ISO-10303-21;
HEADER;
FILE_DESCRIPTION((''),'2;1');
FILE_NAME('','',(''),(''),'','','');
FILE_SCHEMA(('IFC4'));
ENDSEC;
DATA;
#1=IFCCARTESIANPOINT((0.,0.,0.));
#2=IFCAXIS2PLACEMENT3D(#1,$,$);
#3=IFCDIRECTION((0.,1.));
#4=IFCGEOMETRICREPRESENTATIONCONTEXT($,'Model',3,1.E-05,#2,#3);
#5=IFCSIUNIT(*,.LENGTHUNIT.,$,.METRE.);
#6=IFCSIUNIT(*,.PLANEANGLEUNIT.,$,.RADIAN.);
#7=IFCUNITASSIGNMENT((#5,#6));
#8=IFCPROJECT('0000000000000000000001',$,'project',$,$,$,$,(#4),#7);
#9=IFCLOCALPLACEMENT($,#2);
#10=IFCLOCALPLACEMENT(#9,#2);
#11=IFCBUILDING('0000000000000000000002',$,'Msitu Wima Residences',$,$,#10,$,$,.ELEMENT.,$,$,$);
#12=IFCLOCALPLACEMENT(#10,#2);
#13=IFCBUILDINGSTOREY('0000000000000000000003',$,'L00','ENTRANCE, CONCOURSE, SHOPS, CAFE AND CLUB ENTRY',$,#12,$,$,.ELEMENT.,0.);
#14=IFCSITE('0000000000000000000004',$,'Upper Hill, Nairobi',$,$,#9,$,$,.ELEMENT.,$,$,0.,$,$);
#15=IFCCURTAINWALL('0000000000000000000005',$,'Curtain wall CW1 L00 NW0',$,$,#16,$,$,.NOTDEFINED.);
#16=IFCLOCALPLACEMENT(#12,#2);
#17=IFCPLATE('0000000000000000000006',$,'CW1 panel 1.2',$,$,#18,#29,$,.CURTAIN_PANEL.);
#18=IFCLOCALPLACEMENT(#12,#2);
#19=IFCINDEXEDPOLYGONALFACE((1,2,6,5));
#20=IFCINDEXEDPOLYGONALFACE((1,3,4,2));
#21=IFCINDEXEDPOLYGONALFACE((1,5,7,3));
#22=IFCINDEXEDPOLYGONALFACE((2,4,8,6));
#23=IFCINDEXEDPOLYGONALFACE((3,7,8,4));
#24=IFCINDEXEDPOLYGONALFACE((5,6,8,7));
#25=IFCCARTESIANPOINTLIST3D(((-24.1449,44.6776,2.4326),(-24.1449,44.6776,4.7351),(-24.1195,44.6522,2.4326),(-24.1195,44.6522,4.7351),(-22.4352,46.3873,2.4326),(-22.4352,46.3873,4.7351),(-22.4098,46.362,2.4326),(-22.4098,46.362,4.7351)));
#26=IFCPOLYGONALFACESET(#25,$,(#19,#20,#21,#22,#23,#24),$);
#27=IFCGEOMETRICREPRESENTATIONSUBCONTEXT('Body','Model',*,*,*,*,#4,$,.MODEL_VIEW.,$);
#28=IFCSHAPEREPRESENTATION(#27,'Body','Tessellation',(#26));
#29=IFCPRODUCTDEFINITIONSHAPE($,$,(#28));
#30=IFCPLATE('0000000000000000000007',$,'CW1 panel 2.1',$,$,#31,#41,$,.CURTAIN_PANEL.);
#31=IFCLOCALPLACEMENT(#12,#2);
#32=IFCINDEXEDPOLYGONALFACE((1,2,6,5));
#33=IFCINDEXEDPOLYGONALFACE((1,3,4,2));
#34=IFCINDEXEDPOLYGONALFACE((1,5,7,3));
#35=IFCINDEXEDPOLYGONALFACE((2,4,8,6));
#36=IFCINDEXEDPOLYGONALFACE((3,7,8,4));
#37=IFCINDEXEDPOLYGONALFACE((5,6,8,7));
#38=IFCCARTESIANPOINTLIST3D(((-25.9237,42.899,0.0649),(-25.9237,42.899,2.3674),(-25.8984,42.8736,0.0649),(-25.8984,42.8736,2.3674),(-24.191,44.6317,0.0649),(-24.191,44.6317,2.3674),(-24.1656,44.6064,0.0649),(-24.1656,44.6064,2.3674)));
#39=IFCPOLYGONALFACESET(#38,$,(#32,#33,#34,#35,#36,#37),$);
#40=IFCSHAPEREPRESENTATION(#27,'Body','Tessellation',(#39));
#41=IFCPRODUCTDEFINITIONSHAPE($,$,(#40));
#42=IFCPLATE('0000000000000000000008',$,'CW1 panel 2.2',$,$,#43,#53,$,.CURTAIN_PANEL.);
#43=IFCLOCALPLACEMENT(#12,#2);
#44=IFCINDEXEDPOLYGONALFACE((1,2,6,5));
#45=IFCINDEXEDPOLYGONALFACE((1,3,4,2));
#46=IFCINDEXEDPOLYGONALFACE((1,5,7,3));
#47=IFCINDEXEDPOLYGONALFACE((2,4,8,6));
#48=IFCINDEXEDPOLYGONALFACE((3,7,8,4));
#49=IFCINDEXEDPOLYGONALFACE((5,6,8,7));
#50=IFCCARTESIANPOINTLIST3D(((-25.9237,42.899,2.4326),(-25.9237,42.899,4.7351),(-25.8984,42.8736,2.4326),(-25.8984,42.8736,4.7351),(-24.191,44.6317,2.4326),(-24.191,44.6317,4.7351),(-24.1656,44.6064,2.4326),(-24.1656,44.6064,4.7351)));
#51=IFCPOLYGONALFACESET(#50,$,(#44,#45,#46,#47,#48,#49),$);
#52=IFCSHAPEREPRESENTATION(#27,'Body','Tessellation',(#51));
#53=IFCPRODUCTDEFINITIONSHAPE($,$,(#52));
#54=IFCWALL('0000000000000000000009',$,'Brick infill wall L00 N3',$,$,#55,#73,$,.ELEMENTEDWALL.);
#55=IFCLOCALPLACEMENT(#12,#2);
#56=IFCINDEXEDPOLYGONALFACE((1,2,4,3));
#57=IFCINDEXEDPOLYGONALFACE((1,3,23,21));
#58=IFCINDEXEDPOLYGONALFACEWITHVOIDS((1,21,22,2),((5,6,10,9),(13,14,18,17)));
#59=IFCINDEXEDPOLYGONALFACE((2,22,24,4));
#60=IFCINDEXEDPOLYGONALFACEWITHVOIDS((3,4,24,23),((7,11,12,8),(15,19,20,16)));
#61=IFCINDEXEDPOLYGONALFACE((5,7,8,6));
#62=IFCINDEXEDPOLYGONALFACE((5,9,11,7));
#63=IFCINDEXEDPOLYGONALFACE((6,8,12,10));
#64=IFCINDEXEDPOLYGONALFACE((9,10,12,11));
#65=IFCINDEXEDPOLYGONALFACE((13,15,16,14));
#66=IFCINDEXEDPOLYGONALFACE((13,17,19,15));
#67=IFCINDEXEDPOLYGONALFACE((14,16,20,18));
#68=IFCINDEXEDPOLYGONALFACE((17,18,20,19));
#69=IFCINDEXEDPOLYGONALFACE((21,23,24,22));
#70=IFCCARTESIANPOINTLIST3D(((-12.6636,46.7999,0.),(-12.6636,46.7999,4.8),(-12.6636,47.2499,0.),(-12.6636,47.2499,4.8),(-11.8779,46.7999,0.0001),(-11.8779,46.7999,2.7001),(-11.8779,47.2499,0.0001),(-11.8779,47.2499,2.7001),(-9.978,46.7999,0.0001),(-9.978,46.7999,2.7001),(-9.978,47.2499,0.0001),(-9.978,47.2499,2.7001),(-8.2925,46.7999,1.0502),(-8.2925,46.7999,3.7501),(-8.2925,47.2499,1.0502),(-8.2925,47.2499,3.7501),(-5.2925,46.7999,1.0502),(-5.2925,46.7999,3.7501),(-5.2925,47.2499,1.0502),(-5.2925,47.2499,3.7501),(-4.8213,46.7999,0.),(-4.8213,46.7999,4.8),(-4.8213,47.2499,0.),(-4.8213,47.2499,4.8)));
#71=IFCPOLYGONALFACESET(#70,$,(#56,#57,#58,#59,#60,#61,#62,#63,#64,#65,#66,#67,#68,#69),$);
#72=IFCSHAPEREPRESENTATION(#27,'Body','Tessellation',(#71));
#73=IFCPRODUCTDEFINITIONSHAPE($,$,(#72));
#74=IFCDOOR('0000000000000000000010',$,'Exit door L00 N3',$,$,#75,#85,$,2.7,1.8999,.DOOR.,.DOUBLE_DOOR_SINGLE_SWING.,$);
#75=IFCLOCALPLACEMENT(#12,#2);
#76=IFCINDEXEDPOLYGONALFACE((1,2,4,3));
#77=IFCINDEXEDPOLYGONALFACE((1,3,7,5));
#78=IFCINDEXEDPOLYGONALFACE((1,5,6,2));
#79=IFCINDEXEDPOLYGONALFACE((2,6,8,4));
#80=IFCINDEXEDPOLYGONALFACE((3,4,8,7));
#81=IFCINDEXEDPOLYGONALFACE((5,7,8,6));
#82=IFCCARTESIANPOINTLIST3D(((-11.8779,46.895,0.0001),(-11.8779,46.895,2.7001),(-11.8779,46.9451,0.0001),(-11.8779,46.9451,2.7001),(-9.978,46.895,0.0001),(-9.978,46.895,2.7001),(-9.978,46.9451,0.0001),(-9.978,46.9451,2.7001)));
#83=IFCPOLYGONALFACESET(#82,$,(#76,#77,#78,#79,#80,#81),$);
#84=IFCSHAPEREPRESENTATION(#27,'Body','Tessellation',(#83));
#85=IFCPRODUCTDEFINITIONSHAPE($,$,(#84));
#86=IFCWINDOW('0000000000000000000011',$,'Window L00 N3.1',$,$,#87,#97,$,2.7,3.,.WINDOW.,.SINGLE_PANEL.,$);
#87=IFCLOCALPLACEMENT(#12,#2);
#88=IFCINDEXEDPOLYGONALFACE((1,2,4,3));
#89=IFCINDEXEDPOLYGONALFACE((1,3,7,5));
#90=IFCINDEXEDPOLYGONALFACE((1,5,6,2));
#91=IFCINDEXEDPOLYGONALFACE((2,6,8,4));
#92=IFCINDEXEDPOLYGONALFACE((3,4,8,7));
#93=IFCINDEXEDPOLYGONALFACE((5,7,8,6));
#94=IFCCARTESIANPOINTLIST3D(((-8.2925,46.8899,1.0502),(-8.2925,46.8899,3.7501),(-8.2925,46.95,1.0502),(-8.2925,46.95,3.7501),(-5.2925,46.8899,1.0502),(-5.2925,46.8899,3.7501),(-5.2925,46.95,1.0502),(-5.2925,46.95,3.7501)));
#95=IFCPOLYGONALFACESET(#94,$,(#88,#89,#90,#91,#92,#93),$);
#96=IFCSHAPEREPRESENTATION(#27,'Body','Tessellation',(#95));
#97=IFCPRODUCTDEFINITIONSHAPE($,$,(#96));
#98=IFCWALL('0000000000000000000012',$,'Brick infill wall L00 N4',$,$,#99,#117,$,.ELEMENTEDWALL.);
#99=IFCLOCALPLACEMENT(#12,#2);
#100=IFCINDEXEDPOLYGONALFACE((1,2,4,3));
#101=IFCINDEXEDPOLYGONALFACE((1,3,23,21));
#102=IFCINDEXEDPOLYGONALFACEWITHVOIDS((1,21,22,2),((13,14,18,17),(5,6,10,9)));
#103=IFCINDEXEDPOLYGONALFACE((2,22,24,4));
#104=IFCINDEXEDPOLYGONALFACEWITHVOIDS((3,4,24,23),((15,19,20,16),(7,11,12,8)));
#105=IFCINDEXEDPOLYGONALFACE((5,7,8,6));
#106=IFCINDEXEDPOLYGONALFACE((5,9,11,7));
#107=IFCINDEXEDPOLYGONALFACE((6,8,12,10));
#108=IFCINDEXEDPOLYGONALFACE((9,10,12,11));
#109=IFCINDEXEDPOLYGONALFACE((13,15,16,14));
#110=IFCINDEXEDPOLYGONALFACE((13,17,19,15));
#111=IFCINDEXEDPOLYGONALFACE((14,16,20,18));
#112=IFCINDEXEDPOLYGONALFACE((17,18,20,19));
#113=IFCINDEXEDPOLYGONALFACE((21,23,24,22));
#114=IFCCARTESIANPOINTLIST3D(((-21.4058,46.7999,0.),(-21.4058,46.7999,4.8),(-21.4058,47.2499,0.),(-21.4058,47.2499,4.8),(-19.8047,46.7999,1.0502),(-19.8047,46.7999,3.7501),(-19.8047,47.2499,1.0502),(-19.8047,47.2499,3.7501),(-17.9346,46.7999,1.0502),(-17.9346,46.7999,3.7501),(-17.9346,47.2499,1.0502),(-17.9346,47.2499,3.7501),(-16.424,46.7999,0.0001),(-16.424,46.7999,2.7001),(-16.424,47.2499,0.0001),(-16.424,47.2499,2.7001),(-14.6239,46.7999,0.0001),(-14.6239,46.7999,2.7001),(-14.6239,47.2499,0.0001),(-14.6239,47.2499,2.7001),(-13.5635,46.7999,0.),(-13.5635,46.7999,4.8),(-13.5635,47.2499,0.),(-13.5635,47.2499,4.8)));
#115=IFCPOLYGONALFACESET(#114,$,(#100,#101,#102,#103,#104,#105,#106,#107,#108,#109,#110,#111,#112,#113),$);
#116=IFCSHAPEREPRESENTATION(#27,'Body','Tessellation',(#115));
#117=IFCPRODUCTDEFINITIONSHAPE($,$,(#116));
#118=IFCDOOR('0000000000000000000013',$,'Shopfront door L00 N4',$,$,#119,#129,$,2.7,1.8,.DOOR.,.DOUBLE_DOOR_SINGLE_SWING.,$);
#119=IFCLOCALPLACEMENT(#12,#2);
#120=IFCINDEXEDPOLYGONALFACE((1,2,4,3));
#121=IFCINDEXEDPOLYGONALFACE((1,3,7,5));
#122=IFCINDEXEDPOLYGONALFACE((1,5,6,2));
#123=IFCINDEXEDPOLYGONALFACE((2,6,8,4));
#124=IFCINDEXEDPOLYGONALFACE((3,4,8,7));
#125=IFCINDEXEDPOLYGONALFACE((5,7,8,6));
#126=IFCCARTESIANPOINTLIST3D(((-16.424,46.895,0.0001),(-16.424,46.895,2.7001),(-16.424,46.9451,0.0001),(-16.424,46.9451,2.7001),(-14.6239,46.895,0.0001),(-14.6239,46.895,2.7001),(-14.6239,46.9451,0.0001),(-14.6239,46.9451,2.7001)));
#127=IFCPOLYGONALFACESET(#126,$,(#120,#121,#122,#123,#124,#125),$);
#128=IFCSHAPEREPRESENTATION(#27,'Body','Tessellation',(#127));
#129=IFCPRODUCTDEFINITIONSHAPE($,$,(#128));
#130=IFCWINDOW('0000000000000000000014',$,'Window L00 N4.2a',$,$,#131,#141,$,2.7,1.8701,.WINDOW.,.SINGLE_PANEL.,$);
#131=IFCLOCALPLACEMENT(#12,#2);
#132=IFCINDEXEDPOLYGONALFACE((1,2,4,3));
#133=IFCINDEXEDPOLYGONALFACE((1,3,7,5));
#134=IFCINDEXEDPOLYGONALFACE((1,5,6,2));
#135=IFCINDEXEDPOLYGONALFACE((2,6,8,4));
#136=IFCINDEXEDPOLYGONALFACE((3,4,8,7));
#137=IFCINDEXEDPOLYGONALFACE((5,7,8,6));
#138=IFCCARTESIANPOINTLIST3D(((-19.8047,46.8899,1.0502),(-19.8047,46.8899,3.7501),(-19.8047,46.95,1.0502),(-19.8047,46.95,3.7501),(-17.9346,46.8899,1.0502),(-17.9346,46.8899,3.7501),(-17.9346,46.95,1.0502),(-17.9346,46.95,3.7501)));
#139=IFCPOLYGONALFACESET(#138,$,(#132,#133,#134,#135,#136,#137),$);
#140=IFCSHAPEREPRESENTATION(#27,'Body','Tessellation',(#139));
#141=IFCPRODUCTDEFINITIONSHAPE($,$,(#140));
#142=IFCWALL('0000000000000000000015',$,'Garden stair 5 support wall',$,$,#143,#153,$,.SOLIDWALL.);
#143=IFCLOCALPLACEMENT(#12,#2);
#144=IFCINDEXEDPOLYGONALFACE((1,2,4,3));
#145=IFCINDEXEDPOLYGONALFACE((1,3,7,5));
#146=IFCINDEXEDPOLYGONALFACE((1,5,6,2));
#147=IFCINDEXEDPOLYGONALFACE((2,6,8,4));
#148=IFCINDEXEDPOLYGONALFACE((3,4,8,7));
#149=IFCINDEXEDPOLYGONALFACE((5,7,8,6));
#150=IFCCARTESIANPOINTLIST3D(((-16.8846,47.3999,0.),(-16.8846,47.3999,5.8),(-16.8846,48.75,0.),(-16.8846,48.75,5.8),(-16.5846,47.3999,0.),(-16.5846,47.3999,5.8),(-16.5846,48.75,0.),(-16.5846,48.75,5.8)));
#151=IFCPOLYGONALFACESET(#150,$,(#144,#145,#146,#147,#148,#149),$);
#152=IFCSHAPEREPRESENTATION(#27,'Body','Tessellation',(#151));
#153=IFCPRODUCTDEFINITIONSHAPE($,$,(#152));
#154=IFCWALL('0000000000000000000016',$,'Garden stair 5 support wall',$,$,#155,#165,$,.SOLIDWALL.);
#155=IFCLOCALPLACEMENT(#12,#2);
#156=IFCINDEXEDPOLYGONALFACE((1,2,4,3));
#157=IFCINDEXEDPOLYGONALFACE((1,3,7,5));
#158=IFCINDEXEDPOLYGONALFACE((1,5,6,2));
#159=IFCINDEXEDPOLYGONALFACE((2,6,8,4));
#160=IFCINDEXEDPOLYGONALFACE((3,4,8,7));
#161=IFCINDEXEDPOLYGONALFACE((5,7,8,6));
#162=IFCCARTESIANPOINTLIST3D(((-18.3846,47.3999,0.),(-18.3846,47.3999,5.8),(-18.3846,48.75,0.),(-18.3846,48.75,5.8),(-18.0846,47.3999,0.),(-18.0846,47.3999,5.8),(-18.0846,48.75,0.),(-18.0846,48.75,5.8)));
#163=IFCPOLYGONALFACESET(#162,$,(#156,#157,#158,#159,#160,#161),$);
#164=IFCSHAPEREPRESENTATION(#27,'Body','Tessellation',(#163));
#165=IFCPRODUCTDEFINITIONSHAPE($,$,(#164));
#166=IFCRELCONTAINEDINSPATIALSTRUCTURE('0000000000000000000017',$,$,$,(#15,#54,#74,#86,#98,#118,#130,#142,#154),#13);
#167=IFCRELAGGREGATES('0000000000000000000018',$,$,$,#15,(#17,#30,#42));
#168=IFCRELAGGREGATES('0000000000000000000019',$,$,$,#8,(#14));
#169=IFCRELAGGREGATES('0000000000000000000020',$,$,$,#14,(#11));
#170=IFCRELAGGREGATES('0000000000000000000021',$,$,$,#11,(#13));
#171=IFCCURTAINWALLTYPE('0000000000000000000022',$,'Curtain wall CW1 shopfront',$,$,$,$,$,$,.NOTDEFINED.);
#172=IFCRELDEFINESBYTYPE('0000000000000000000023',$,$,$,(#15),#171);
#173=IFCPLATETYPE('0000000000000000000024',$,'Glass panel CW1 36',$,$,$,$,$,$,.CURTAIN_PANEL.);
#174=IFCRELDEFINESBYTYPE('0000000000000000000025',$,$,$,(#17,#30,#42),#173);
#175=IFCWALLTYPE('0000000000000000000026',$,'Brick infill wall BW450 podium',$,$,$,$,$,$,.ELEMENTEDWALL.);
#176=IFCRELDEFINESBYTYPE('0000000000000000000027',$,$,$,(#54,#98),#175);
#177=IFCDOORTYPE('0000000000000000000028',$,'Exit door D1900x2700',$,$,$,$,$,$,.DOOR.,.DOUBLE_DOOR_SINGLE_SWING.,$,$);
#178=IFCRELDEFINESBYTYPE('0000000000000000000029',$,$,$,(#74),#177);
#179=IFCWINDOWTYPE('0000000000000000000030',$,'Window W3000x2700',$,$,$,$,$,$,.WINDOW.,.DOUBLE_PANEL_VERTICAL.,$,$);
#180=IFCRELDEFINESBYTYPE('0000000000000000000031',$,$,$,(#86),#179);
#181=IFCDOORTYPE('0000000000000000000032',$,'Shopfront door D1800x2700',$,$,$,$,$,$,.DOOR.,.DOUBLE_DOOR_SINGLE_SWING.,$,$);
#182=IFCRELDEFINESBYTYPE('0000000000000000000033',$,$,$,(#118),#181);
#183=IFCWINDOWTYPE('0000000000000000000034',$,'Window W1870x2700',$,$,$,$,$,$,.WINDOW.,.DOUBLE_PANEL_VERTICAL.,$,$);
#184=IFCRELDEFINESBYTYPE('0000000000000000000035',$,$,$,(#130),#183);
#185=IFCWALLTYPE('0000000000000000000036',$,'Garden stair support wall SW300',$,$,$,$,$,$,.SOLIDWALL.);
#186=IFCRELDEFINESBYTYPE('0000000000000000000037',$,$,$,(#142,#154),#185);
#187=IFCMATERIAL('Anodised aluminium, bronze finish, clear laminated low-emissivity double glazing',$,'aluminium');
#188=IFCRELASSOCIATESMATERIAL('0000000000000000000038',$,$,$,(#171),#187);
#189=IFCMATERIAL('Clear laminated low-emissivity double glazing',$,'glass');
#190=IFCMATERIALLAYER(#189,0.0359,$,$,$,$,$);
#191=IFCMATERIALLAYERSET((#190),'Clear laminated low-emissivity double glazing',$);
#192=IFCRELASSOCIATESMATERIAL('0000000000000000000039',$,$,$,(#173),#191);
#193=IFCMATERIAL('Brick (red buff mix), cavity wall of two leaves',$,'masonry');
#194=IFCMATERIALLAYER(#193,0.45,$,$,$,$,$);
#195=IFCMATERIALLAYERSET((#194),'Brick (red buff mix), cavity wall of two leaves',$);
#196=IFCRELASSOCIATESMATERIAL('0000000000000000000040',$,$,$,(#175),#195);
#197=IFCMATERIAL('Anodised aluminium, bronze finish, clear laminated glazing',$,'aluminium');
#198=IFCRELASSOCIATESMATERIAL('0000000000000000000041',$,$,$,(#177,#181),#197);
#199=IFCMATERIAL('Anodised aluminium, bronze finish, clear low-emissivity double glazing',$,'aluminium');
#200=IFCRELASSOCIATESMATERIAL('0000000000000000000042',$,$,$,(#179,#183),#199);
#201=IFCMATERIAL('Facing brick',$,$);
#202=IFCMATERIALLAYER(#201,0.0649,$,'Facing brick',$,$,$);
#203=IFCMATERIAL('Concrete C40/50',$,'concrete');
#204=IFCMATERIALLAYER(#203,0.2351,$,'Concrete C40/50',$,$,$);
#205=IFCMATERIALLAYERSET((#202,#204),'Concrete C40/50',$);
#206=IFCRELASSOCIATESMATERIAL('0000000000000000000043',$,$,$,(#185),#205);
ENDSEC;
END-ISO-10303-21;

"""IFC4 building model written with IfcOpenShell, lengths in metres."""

from ifc_helpers import new_model, si_unit, direction, frame, frame_2d, origin, origin_2d, place, context, subcontext, project, spatial, rectangle, extrude, material, layer, layer_set, type_object, element, fill, aggregate, save


model = new_model("IFC4")

# Units and contexts
model_context = context("Model", 3, precision=1e-05, world=origin(), true_north=direction((0.0, 1.0)))
body_context = subcontext(model_context, "Body", "Model", "MODEL_VIEW")
ifc_project = project(units=[si_unit("LENGTHUNIT", "METRE"), si_unit("PLANEANGLEUNIT", "RADIAN")], contexts=[model_context])

# Site, building, storey
site_placement = place(None, origin())
site = spatial("IfcSite", under=ifc_project, at=site_placement, Name="Upper Hill, Nairobi", CompositionType="ELEMENT", RefElevation=0.0)
building_placement = place(site_placement, origin())
building = spatial("IfcBuilding", under=site, at=building_placement, Name="Msitu Wima Residences", CompositionType="ELEMENT")
storey_placement = place(building_placement, origin())
storey = spatial("IfcBuildingStorey", under=building, at=storey_placement, Name="L00", Description="ENTRANCE, CONCOURSE, SHOPS, CAFE AND CLUB ENTRY", CompositionType="ELEMENT", Elevation=0.0)

# Curtain wall, plates
ifc_material_1 = material(Name="Anodised aluminium, bronze finish, clear laminated low-emissivity double glazing", Category="aluminium")
curtain_wall_type = type_object("IfcCurtainWallType", Name="Curtain wall CW1 shopfront", PredefinedType="NOTDEFINED", material=ifc_material_1)
curtain_wall_placement = place(storey_placement, origin())
curtain_wall = element("IfcCurtainWall", 1, at=curtain_wall_placement, inside=storey, type_object=curtain_wall_type, Name="Curtain wall CW1 L00 NW0", PredefinedType="NOTDEFINED")
ifc_material_2 = material(Name="Clear laminated low-emissivity double glazing", Category="glass")
ifc_layer_1 = layer(ifc_material_2, 0.0359)
ifc_layer_set_1 = layer_set([ifc_layer_1], Name="Clear laminated low-emissivity double glazing")
plate_type = type_object("IfcPlateType", Name="Glass panel CW1 36", PredefinedType="CURTAIN_PANEL", material=ifc_layer_set_1)
plate_1_placement = place(storey_placement, frame((-23.2773, 45.5198, 2.4326), z_axis=(0.0, 0.0, 1.0), x_axis=(-0.707107, -0.707107, 0.0)))
plate_1 = element("IfcPlate", 2, at=plate_1_placement, type_object=plate_type, Name="CW1 panel 1.2", PredefinedType="CURTAIN_PANEL", context=body_context, shape_type="SweptSolid", body=[
    extrude(rectangle(XDim=2.418, YDim=0.0359, at=origin_2d()), origin(), (0.0, 0.0, 1.0), 2.3025),
])
plate_2_placement = place(storey_placement, frame((-25.0447, 43.7527, 0.0649), z_axis=(0.0, 0.0, 1.0), x_axis=(-0.707107, -0.707107, 0.0)))
plate_2 = element("IfcPlate", 3, at=plate_2_placement, type_object=plate_type, Name="CW1 panel 2.1", PredefinedType="CURTAIN_PANEL", context=body_context, shape_type="SweptSolid", body=[
    extrude(rectangle(XDim=2.4504, YDim=0.0359, at=origin_2d()), origin(), (0.0, 0.0, 1.0), 2.3025),
])
plate_3_placement = place(storey_placement, frame((-25.0447, 43.7527, 2.4326), z_axis=(0.0, 0.0, 1.0), x_axis=(-0.707107, -0.707107, 0.0)))
plate_3 = element("IfcPlate", 4, at=plate_3_placement, type_object=plate_type, Name="CW1 panel 2.2", PredefinedType="CURTAIN_PANEL", context=body_context, shape_type="SweptSolid", body=[
    extrude(rectangle(XDim=2.4504, YDim=0.0359, at=origin_2d()), origin(), (0.0, 0.0, 1.0), 2.3025),
])
aggregate(curtain_wall, [plate_1, plate_2, plate_3])

# Walls, openings, doors, windows
ifc_material_3 = material(Name="Brick (red buff mix), cavity wall of two leaves", Category="masonry")
ifc_layer_2 = layer(ifc_material_3, 0.45)
ifc_layer_set_2 = layer_set([ifc_layer_2], Name="Brick (red buff mix), cavity wall of two leaves")
wall_type_1 = type_object("IfcWallType", Name="Brick infill wall BW450 podium", PredefinedType="ELEMENTEDWALL", material=ifc_layer_set_2)
wall_1_placement = place(storey_placement, frame((-4.8213, 47.0249, 0.0), z_axis=(0.0, 0.0, 1.0), x_axis=(-1.0, 0.0, 0.0)))
wall_1 = element("IfcWall", 5, at=wall_1_placement, inside=storey, type_object=wall_type_1, Name="Brick infill wall L00 N3", PredefinedType="ELEMENTEDWALL", context=body_context, shape_type="SweptSolid", body=[
    extrude(rectangle(XDim=7.8423, YDim=0.45, at=frame_2d((3.9211, 0.0))), origin(), (0.0, 0.0, 1.0), 4.8),
])
opening_1_placement = place(wall_1_placement, frame((0.4712, 0.0, 1.05)))
opening_1 = element("IfcOpeningElement", 6, at=opening_1_placement, cuts=wall_1, PredefinedType="OPENING", context=body_context, shape_type="SweptSolid", body=[
    extrude(rectangle(XDim=3.0, YDim=2.7, at=frame_2d((1.5, 1.3501))), frame((0.0, 0.2349, 0.0), z_axis=(0.0, -1.0, 0.0), x_axis=(1.0, 0.0, 0.0)), (0.0, 0.0, 1.0), 0.47),
])
opening_2_placement = place(wall_1_placement, frame((5.1567, 0.0, 0.0)))
opening_2 = element("IfcOpeningElement", 7, at=opening_2_placement, cuts=wall_1, PredefinedType="OPENING", context=body_context, shape_type="SweptSolid", body=[
    extrude(rectangle(XDim=1.8999, YDim=2.7, at=frame_2d((0.95, 1.3501))), frame((0.0, 0.2349, 0.0), z_axis=(0.0, -1.0, 0.0), x_axis=(1.0, 0.0, 0.0)), (0.0, 0.0, 1.0), 0.47),
])
ifc_material_4 = material(Name="Anodised aluminium, bronze finish, clear laminated glazing", Category="aluminium")
door_type_1 = type_object("IfcDoorType", Name="Exit door D1900x2700", OperationType="DOUBLE_DOOR_SINGLE_SWING", PredefinedType="DOOR", material=ifc_material_4)
door_1_placement = place(opening_2_placement, frame((1.8999, 0.0, 0.0), z_axis=(0.0, 0.0, 1.0), x_axis=(-1.0, 0.0, 0.0)))
door_1 = element("IfcDoor", 8, at=door_1_placement, inside=storey, type_object=door_type_1, Name="Exit door L00 N3", OperationType="DOUBLE_DOOR_SINGLE_SWING", OverallHeight=2.7, OverallWidth=1.8999, PredefinedType="DOOR", context=body_context, shape_type="SweptSolid", body=[
    extrude(rectangle(XDim=1.8999, YDim=2.7, at=frame_2d((0.95, 1.3501))), frame((0.0, -0.0798, 0.0), z_axis=(0.0, -1.0, 0.0), x_axis=(1.0, 0.0, 0.0)), (0.0, 0.0, 1.0), 0.05),
])
fill(opening_2, door_1)
ifc_material_5 = material(Name="Anodised aluminium, bronze finish, clear low-emissivity double glazing", Category="aluminium")
window_type_1 = type_object("IfcWindowType", Name="Window W3000x2700", PartitioningType="DOUBLE_PANEL_VERTICAL", PredefinedType="WINDOW", material=ifc_material_5)
window_1_placement = place(opening_1_placement, origin())
window_1 = element("IfcWindow", 9, at=window_1_placement, inside=storey, type_object=window_type_1, Name="Window L00 N3.1", OverallHeight=2.7, OverallWidth=3.0, PartitioningType="SINGLE_PANEL", PredefinedType="WINDOW", context=body_context, shape_type="SweptSolid", body=[
    extrude(rectangle(XDim=3.0, YDim=2.7, at=frame_2d((1.5, 1.3501))), frame((0.0, 0.135, 0.0), z_axis=(0.0, -1.0, 0.0), x_axis=(1.0, 0.0, 0.0)), (0.0, 0.0, 1.0), 0.0601),
])
fill(opening_1, window_1)
wall_2_placement = place(storey_placement, frame((-13.5635, 47.0249, 0.0), z_axis=(0.0, 0.0, 1.0), x_axis=(-1.0, 0.0, 0.0)))
wall_2 = element("IfcWall", 10, at=wall_2_placement, inside=storey, type_object=wall_type_1, Name="Brick infill wall L00 N4", PredefinedType="ELEMENTEDWALL", context=body_context, shape_type="SweptSolid", body=[
    extrude(rectangle(XDim=7.8423, YDim=0.45, at=frame_2d((3.9211, 0.0))), origin(), (0.0, 0.0, 1.0), 4.8),
])
opening_3_placement = place(wall_2_placement, frame((1.0605, 0.0, 0.0)))
opening_3 = element("IfcOpeningElement", 11, at=opening_3_placement, cuts=wall_2, PredefinedType="OPENING", context=body_context, shape_type="SweptSolid", body=[
    extrude(rectangle(XDim=1.8, YDim=2.7, at=frame_2d((0.8999, 1.3501))), frame((0.0, 0.2349, 0.0), z_axis=(0.0, -1.0, 0.0), x_axis=(1.0, 0.0, 0.0)), (0.0, 0.0, 1.0), 0.47),
])
opening_4_placement = place(wall_2_placement, frame((4.3711, 0.0, 1.05)))
opening_4 = element("IfcOpeningElement", 12, at=opening_4_placement, cuts=wall_2, PredefinedType="OPENING", context=body_context, shape_type="SweptSolid", body=[
    extrude(rectangle(XDim=1.8701, YDim=2.7, at=frame_2d((0.9351, 1.3501))), frame((0.0, 0.2349, 0.0), z_axis=(0.0, -1.0, 0.0), x_axis=(1.0, 0.0, 0.0)), (0.0, 0.0, 1.0), 0.47),
])
door_type_2 = type_object("IfcDoorType", Name="Shopfront door D1800x2700", OperationType="DOUBLE_DOOR_SINGLE_SWING", PredefinedType="DOOR", material=ifc_material_4)
door_2_placement = place(opening_3_placement, frame((1.8, 0.0, 0.0), z_axis=(0.0, 0.0, 1.0), x_axis=(-1.0, 0.0, 0.0)))
door_2 = element("IfcDoor", 13, at=door_2_placement, inside=storey, type_object=door_type_2, Name="Shopfront door L00 N4", OperationType="DOUBLE_DOOR_SINGLE_SWING", OverallHeight=2.7, OverallWidth=1.8, PredefinedType="DOOR", context=body_context, shape_type="SweptSolid", body=[
    extrude(rectangle(XDim=1.8, YDim=2.7, at=frame_2d((0.9001, 1.3501))), frame((0.0, -0.0798, 0.0), z_axis=(0.0, -1.0, 0.0), x_axis=(1.0, 0.0, 0.0)), (0.0, 0.0, 1.0), 0.05),
])
fill(opening_3, door_2)
window_type_2 = type_object("IfcWindowType", Name="Window W1870x2700", PartitioningType="DOUBLE_PANEL_VERTICAL", PredefinedType="WINDOW", material=ifc_material_5)
window_2_placement = place(opening_4_placement, origin())
window_2 = element("IfcWindow", 14, at=window_2_placement, inside=storey, type_object=window_type_2, Name="Window L00 N4.2a", OverallHeight=2.7, OverallWidth=1.8701, PartitioningType="SINGLE_PANEL", PredefinedType="WINDOW", context=body_context, shape_type="SweptSolid", body=[
    extrude(rectangle(XDim=1.8701, YDim=2.7, at=frame_2d((0.9351, 1.3501))), frame((0.0, 0.135, 0.0), z_axis=(0.0, -1.0, 0.0), x_axis=(1.0, 0.0, 0.0)), (0.0, 0.0, 1.0), 0.0601),
])
fill(opening_4, window_2)

# Walls
ifc_material_6 = material(Name="Facing brick")
ifc_layer_3 = layer(ifc_material_6, 0.0649, Name="Facing brick")
ifc_material_7 = material(Name="Concrete C40/50", Category="concrete")
ifc_layer_4 = layer(ifc_material_7, 0.2351, Name="Concrete C40/50")
ifc_layer_set_3 = layer_set([ifc_layer_3, ifc_layer_4], Name="Concrete C40/50")
wall_type_2 = type_object("IfcWallType", Name="Garden stair support wall SW300", PredefinedType="SOLIDWALL", material=ifc_layer_set_3)
for number, where, z_axis, x_axis, name in (
    (15, (-16.7346, 47.3999, 0.0), (0.0, 0.0, 1.0), (0.0, 1.0, 0.0), "Garden stair 5 support wall"),
    (16, (-18.2346, 47.3999, 0.0), (0.0, 0.0, 1.0), (0.0, 1.0, 0.0), "Garden stair 5 support wall"),
):
    element("IfcWall", number, at=place(storey_placement, frame(where, z_axis=z_axis, x_axis=x_axis)), inside=storey, type_object=wall_type_2, Name=name, PredefinedType="SOLIDWALL", context=body_context, shape_type="SweptSolid", body=[
        extrude(rectangle(XDim=1.3501, YDim=0.3, at=frame_2d((0.675, 0.0))), origin(), (0.0, 0.0, 1.0), 5.8),
    ])

save(model, "model.ifc")
